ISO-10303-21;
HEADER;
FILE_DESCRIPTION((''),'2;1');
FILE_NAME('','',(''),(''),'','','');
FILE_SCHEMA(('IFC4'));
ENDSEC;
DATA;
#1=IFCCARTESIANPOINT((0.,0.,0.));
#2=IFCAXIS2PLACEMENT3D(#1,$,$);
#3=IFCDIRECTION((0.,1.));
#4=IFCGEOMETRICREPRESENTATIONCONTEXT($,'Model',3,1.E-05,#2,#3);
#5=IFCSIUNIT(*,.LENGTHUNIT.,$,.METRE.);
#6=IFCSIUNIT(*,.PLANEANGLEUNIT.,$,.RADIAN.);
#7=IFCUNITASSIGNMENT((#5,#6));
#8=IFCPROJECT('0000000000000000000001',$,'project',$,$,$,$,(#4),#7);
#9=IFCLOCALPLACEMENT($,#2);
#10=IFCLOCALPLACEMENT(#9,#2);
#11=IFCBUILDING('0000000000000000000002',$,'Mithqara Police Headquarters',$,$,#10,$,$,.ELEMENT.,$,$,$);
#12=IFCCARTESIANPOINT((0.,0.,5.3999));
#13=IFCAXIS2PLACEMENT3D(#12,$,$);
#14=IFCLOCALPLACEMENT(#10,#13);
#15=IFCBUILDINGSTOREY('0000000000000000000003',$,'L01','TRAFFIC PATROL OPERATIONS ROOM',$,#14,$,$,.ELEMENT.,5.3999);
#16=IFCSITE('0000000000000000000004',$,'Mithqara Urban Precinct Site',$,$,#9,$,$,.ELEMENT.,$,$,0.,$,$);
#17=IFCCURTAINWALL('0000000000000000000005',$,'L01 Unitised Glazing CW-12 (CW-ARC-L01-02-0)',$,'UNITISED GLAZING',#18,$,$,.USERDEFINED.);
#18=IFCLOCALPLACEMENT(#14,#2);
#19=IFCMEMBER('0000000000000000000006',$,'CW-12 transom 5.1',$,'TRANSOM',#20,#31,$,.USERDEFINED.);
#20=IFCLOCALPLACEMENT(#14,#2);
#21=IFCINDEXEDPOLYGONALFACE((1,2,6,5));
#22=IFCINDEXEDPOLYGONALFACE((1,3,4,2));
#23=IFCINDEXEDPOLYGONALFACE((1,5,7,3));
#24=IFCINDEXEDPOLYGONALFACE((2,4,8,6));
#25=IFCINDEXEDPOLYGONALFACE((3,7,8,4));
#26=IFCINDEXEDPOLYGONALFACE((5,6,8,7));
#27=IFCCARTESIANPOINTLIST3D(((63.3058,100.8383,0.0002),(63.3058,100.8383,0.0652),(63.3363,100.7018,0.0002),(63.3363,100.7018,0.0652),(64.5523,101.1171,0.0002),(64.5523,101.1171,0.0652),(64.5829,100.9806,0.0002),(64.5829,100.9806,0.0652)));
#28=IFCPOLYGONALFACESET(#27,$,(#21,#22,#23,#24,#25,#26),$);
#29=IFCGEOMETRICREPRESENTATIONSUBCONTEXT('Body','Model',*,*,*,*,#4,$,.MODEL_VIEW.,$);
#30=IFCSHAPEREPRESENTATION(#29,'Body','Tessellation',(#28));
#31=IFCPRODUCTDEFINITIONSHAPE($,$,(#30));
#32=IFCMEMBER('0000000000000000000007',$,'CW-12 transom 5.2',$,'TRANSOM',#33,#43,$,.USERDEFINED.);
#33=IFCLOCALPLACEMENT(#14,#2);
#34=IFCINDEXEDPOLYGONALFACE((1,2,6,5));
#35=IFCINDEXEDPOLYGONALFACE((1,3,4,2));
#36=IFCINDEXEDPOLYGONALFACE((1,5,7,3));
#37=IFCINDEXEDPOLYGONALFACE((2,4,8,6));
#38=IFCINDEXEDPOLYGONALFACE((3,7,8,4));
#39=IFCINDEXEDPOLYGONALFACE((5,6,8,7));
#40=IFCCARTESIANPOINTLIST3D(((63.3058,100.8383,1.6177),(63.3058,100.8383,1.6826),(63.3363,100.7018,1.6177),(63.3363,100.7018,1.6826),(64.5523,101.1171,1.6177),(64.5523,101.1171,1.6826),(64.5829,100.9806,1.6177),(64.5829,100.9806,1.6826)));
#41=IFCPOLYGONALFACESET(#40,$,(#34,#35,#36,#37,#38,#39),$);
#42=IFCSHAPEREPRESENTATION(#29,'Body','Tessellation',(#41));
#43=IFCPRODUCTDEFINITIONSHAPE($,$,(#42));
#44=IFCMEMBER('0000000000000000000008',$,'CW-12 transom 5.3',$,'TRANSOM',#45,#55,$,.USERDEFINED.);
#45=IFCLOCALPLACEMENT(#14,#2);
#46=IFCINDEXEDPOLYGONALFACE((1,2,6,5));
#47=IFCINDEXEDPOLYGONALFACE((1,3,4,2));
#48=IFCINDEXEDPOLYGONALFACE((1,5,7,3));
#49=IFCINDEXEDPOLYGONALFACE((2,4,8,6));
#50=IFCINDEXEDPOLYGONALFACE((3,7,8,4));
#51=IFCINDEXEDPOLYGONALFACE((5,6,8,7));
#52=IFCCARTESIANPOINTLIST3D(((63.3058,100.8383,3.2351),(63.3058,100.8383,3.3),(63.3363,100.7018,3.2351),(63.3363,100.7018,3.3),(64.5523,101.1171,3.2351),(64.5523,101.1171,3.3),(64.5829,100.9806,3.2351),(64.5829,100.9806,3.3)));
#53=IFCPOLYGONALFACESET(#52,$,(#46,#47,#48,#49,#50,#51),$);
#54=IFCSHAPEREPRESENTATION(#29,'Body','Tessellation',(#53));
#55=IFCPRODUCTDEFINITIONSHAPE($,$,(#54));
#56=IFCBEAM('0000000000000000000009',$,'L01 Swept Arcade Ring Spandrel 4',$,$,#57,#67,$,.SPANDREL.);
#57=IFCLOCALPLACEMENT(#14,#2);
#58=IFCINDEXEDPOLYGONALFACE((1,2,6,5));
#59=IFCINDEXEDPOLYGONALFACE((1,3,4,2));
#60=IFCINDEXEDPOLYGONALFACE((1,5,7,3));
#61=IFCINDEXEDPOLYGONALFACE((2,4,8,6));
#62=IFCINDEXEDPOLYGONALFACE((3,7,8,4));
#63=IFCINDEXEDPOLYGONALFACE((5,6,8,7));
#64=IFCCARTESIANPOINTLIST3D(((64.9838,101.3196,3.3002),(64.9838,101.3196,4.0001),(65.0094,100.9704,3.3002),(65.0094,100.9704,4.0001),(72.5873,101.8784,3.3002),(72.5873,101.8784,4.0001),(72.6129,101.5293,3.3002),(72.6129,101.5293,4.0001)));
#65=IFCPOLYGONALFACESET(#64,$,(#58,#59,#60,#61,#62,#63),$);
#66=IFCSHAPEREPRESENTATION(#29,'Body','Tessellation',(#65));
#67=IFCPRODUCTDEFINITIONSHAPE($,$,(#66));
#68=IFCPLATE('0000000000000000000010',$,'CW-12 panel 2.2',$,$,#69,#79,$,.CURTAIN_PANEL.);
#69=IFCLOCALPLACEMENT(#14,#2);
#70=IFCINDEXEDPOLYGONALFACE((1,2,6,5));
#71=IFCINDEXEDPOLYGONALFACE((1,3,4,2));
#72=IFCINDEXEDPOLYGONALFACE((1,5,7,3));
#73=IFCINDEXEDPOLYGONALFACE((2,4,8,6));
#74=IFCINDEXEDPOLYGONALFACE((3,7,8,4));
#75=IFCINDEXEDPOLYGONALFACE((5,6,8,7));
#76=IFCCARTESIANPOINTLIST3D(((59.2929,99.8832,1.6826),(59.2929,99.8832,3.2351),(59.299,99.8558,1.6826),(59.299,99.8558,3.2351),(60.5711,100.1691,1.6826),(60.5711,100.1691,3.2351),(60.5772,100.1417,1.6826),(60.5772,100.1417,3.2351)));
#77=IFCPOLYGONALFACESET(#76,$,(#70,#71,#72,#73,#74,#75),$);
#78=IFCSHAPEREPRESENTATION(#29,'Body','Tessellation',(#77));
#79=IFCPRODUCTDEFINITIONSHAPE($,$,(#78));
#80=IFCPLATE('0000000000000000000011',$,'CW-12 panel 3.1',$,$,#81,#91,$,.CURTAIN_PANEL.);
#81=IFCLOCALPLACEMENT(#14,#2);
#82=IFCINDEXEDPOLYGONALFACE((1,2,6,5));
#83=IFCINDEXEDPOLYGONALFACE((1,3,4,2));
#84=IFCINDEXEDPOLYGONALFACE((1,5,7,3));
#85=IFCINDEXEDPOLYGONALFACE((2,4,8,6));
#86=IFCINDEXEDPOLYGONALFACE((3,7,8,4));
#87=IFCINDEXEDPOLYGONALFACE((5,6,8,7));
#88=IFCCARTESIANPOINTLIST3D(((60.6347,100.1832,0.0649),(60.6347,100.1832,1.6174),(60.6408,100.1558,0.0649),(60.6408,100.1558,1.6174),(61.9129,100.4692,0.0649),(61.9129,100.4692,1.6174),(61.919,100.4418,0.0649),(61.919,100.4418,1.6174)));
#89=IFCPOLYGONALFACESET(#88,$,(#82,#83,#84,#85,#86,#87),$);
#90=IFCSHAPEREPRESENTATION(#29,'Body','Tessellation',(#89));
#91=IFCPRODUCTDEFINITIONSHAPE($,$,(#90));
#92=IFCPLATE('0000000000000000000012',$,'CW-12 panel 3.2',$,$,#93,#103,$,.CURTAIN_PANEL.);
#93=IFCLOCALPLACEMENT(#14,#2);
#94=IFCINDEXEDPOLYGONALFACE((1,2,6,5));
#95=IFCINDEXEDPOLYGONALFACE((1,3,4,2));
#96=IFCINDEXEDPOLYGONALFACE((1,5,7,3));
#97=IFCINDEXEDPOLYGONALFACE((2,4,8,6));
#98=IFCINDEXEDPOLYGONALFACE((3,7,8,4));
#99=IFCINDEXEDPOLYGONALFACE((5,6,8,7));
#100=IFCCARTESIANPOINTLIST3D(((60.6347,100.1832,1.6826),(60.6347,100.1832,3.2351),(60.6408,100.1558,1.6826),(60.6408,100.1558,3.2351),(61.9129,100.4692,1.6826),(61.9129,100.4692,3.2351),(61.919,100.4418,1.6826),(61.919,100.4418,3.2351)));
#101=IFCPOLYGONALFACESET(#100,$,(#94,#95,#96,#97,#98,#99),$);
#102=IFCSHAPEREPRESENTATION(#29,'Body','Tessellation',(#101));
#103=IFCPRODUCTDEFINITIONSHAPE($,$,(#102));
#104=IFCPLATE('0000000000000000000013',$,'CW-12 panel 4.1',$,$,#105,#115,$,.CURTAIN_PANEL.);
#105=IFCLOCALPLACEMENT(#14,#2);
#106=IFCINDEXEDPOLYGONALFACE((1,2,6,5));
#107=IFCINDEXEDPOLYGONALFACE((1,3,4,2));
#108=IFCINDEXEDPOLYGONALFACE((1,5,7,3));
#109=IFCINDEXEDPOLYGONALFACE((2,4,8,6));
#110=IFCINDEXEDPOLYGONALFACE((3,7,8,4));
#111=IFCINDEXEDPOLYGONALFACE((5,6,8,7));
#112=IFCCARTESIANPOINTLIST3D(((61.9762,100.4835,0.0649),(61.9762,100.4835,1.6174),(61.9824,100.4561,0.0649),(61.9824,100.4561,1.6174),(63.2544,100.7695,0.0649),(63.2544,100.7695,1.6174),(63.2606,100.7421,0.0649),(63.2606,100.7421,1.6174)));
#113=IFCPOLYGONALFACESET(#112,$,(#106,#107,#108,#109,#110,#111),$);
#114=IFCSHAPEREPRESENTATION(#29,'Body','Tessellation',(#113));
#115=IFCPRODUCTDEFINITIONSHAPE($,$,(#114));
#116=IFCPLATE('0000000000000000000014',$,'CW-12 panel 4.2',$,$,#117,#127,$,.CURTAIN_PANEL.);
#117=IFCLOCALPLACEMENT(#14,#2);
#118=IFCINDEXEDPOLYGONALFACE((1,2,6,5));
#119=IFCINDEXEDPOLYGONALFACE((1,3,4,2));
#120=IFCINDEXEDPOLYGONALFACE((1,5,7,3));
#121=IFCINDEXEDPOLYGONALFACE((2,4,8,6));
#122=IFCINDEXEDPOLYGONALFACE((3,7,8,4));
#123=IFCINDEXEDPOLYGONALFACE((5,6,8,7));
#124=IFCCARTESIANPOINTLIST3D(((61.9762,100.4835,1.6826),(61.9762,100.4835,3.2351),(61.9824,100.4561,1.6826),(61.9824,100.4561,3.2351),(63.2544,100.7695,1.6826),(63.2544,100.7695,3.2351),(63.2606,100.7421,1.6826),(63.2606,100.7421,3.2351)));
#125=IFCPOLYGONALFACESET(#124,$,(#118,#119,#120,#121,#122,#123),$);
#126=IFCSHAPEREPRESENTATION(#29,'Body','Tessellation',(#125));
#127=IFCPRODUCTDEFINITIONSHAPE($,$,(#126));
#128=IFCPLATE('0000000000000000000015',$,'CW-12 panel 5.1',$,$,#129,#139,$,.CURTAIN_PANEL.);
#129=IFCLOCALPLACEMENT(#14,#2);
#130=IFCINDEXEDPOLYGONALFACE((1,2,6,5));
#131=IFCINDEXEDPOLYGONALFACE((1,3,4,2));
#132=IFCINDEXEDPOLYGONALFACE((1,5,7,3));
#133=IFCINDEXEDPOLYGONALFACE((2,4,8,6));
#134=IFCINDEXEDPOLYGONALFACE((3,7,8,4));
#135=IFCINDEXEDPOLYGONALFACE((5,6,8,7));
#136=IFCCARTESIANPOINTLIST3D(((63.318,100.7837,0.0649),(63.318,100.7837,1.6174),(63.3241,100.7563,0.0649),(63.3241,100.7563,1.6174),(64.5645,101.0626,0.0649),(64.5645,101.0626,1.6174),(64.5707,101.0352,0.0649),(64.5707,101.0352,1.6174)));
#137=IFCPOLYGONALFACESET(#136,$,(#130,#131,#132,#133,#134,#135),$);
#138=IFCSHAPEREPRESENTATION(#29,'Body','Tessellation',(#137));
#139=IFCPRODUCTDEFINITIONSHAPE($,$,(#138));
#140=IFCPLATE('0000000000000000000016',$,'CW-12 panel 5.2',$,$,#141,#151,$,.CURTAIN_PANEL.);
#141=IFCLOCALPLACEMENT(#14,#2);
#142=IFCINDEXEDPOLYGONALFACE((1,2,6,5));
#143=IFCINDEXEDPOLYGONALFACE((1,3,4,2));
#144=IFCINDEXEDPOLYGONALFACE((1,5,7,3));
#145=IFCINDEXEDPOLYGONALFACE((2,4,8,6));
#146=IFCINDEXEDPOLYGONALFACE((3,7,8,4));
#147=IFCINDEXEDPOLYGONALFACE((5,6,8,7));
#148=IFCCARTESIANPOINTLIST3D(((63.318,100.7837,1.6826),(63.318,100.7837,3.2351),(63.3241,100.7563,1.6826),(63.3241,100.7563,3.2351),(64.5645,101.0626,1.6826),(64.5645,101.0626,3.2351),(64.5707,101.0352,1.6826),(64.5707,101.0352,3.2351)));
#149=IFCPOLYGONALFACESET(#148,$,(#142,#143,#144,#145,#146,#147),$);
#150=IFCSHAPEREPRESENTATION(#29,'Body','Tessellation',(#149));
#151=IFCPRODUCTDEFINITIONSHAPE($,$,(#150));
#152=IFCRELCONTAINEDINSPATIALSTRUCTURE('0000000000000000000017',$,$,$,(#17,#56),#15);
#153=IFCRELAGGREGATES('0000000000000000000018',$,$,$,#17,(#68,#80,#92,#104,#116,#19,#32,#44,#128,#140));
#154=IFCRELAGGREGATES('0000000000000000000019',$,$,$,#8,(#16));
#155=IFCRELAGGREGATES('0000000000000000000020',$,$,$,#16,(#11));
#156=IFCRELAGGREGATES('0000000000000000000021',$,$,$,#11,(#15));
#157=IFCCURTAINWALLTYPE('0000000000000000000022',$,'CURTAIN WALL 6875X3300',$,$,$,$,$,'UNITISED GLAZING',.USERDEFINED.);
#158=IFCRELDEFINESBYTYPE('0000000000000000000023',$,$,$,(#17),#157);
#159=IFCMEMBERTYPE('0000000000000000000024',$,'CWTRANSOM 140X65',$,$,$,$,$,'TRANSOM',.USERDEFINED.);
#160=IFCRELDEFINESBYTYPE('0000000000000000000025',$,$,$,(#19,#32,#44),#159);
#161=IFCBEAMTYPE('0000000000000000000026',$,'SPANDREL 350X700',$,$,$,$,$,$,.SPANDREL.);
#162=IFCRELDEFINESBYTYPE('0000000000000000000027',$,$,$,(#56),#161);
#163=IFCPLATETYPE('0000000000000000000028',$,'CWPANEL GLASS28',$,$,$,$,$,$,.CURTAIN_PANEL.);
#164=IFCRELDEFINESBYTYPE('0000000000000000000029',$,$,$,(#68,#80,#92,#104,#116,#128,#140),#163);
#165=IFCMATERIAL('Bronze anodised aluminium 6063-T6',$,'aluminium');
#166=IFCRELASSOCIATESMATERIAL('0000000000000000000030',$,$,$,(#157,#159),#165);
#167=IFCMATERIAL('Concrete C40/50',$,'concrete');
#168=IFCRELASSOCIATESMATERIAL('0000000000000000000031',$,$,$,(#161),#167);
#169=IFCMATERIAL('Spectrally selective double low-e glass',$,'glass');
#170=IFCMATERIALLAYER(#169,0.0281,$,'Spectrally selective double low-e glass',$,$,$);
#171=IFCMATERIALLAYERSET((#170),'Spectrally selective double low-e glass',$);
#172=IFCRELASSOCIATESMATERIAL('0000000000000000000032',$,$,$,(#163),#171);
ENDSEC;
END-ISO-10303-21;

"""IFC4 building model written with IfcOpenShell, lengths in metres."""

from ifc_helpers import new_model, si_unit, direction, frame, origin, origin_2d, place, context, subcontext, project, spatial, rectangle, extrude, material, layer, layer_set, material_profile, profile_set, type_object, element, aggregate, save


model = new_model("IFC4")

# Units and contexts
model_context = context("Model", 3, precision=1e-05, world=origin(), true_north=direction((0.0, 1.0)))
body_context = subcontext(model_context, "Body", "Model", "MODEL_VIEW")
ifc_project = project(units=[si_unit("LENGTHUNIT", "METRE"), si_unit("PLANEANGLEUNIT", "RADIAN")], contexts=[model_context])

# Site, building, storey
site_placement = place(None, origin())
site = spatial("IfcSite", under=ifc_project, at=site_placement, Name="Mithqara Urban Precinct Site", CompositionType="ELEMENT", RefElevation=0.0)
building_placement = place(site_placement, origin())
building = spatial("IfcBuilding", under=site, at=building_placement, Name="Mithqara Police Headquarters", CompositionType="ELEMENT")
storey_placement = place(building_placement, frame((0.0, 0.0, 5.3999)))
storey = spatial("IfcBuildingStorey", under=building, at=storey_placement, Name="L01", Description="TRAFFIC PATROL OPERATIONS ROOM", CompositionType="ELEMENT", Elevation=5.3999)

# Curtain wall
ifc_material_1 = material(Name="Bronze anodised aluminium 6063-T6", Category="aluminium")
curtain_wall_type_1 = type_object("IfcCurtainWallType", Name="CURTAIN WALL 6875X3300", ElementType="UNITISED GLAZING", PredefinedType="USERDEFINED", material=ifc_material_1)
curtain_wall_1_placement = place(storey_placement, origin())
curtain_wall_1 = element("IfcCurtainWall", 1, at=curtain_wall_1_placement, inside=storey, type_object=curtain_wall_type_1, Name="L01 Unitised Glazing CW-12 (CW-ARC-L01-02-0)", ObjectType="UNITISED GLAZING", PredefinedType="USERDEFINED")

# Members
ifc_material_profile_1 = material_profile(ifc_material_1, rectangle(XDim=0.1399, YDim=0.0649, at=origin_2d()), Name="CWT 140x65")
ifc_profile_set_1 = profile_set([ifc_material_profile_1], Name="Bronze anodised aluminium 6063-T6")
member_type_1 = type_object("IfcMemberType", Name="CWTRANSOM 140X65", ElementType="TRANSOM", PredefinedType="USERDEFINED", material=ifc_profile_set_1)
member_1_placement = place(storey_placement, frame((63.321, 100.77, 0.0327), z_axis=(0.975889, 0.218266, 0.0), x_axis=(-0.218266, 0.975889, 0.0)))
member_1 = element("IfcMember", 2, at=member_1_placement, type_object=member_type_1, Name="CW-12 transom 5.1", ObjectType="TRANSOM", PredefinedType="USERDEFINED", context=body_context, shape_type="SweptSolid", body=[
    extrude(rectangle(XDim=0.1399, YDim=0.0649, at=origin_2d()), origin(), (0.0, 0.0, 1.0), 1.2773),
])
member_2_placement = place(storey_placement, frame((63.321, 100.77, 1.6501), z_axis=(0.975889, 0.218266, 0.0), x_axis=(-0.218266, 0.975889, 0.0)))
member_2 = element("IfcMember", 3, at=member_2_placement, type_object=member_type_1, Name="CW-12 transom 5.2", ObjectType="TRANSOM", PredefinedType="USERDEFINED", context=body_context, shape_type="SweptSolid", body=[
    extrude(rectangle(XDim=0.1399, YDim=0.0649, at=origin_2d()), origin(), (0.0, 0.0, 1.0), 1.2773),
])
member_3_placement = place(storey_placement, frame((63.321, 100.77, 3.2676), z_axis=(0.975889, 0.218266, 0.0), x_axis=(-0.218266, 0.975889, 0.0)))
member_3 = element("IfcMember", 4, at=member_3_placement, type_object=member_type_1, Name="CW-12 transom 5.3", ObjectType="TRANSOM", PredefinedType="USERDEFINED", context=body_context, shape_type="SweptSolid", body=[
    extrude(rectangle(XDim=0.1399, YDim=0.0649, at=origin_2d()), origin(), (0.0, 0.0, 1.0), 1.2773),
])

# Beam
ifc_material_2 = material(Name="Concrete C40/50", Category="concrete")
ifc_material_profile_2 = material_profile(ifc_material_2, rectangle(XDim=0.3501, YDim=0.7, at=origin_2d()), Name="SPB 350x700")
ifc_profile_set_2 = profile_set([ifc_material_profile_2], Name="Concrete C40/50")
beam_type = type_object("IfcBeamType", Name="SPANDREL 350X700", PredefinedType="SPANDREL", material=ifc_profile_set_2)
beam_placement = place(storey_placement, frame((64.9966, 101.145, 3.6501), z_axis=(0.99731, 0.0733, 0.0), x_axis=(-0.0733, 0.99731, 0.0)))
element("IfcBeam", 5, at=beam_placement, inside=storey, type_object=beam_type, Name="L01 Swept Arcade Ring Spandrel 4", PredefinedType="SPANDREL", context=body_context, shape_type="SweptSolid", body=[
    extrude(rectangle(XDim=0.3501, YDim=0.7, at=origin_2d()), origin(), (0.0, 0.0, 1.0), 7.624),
])

# Plates
ifc_material_3 = material(Name="Spectrally selective double low-e glass", Category="glass")
ifc_layer = layer(ifc_material_3, 0.0281, Name="Spectrally selective double low-e glass")
ifc_layer_set = layer_set([ifc_layer], Name="Spectrally selective double low-e glass")
plate_type = type_object("IfcPlateType", Name="CWPANEL GLASS28", PredefinedType="CURTAIN_PANEL", material=ifc_layer_set)
plate_1_placement = place(storey_placement, frame((59.9351, 100.0125, 1.6826), z_axis=(0.0, 0.0, 1.0), x_axis=(0.975873, 0.218341, 0.0)))
plate_1 = element("IfcPlate", 6, at=plate_1_placement, type_object=plate_type, Name="CW-12 panel 2.2", PredefinedType="CURTAIN_PANEL", context=body_context, shape_type="SweptSolid", body=[
    extrude(rectangle(XDim=1.3098, YDim=0.0281, at=origin_2d()), origin(), (0.0, 0.0, 1.0), 1.5525),
])
plate_2_placement = place(storey_placement, frame((61.2769, 100.3125, 0.0649), z_axis=(0.0, 0.0, 1.0), x_axis=(0.975873, 0.218341, 0.0)))
plate_2 = element("IfcPlate", 7, at=plate_2_placement, type_object=plate_type, Name="CW-12 panel 3.1", PredefinedType="CURTAIN_PANEL", context=body_context, shape_type="SweptSolid", body=[
    extrude(rectangle(XDim=1.3098, YDim=0.0281, at=origin_2d()), origin(), (0.0, 0.0, 1.0), 1.5525),
])
plate_3_placement = place(storey_placement, frame((61.2769, 100.3125, 1.6826), z_axis=(0.0, 0.0, 1.0), x_axis=(0.975873, 0.218341, 0.0)))
plate_3 = element("IfcPlate", 8, at=plate_3_placement, type_object=plate_type, Name="CW-12 panel 3.2", PredefinedType="CURTAIN_PANEL", context=body_context, shape_type="SweptSolid", body=[
    extrude(rectangle(XDim=1.3098, YDim=0.0281, at=origin_2d()), origin(), (0.0, 0.0, 1.0), 1.5525),
])
plate_4_placement = place(storey_placement, frame((62.6184, 100.6128, 0.0649), z_axis=(0.0, 0.0, 1.0), x_axis=(0.975873, 0.218341, 0.0)))
plate_4 = element("IfcPlate", 9, at=plate_4_placement, type_object=plate_type, Name="CW-12 panel 4.1", PredefinedType="CURTAIN_PANEL", context=body_context, shape_type="SweptSolid", body=[
    extrude(rectangle(XDim=1.3098, YDim=0.0281, at=origin_2d()), origin(), (0.0, 0.0, 1.0), 1.5525),
])
plate_5_placement = place(storey_placement, frame((62.6184, 100.6128, 1.6826), z_axis=(0.0, 0.0, 1.0), x_axis=(0.975873, 0.218341, 0.0)))
plate_5 = element("IfcPlate", 10, at=plate_5_placement, type_object=plate_type, Name="CW-12 panel 4.2", PredefinedType="CURTAIN_PANEL", context=body_context, shape_type="SweptSolid", body=[
    extrude(rectangle(XDim=1.3098, YDim=0.0281, at=origin_2d()), origin(), (0.0, 0.0, 1.0), 1.5525),
])
plate_6_placement = place(storey_placement, frame((63.9443, 100.9094, 0.0649), z_axis=(0.0, 0.0, 1.0), x_axis=(0.975873, 0.218341, 0.0)))
plate_6 = element("IfcPlate", 11, at=plate_6_placement, type_object=plate_type, Name="CW-12 panel 5.1", PredefinedType="CURTAIN_PANEL", context=body_context, shape_type="SweptSolid", body=[
    extrude(rectangle(XDim=1.2773, YDim=0.0281, at=origin_2d()), origin(), (0.0, 0.0, 1.0), 1.5525),
])
plate_7_placement = place(storey_placement, frame((63.9443, 100.9094, 1.6826), z_axis=(0.0, 0.0, 1.0), x_axis=(0.975873, 0.218341, 0.0)))
plate_7 = element("IfcPlate", 12, at=plate_7_placement, type_object=plate_type, Name="CW-12 panel 5.2", PredefinedType="CURTAIN_PANEL", context=body_context, shape_type="SweptSolid", body=[
    extrude(rectangle(XDim=1.2773, YDim=0.0281, at=origin_2d()), origin(), (0.0, 0.0, 1.0), 1.5525),
])
aggregate(curtain_wall_1, [plate_1, plate_2, plate_3, plate_4, plate_5, member_1, member_2, member_3, plate_6, plate_7])

save(model, "model.ifc")
